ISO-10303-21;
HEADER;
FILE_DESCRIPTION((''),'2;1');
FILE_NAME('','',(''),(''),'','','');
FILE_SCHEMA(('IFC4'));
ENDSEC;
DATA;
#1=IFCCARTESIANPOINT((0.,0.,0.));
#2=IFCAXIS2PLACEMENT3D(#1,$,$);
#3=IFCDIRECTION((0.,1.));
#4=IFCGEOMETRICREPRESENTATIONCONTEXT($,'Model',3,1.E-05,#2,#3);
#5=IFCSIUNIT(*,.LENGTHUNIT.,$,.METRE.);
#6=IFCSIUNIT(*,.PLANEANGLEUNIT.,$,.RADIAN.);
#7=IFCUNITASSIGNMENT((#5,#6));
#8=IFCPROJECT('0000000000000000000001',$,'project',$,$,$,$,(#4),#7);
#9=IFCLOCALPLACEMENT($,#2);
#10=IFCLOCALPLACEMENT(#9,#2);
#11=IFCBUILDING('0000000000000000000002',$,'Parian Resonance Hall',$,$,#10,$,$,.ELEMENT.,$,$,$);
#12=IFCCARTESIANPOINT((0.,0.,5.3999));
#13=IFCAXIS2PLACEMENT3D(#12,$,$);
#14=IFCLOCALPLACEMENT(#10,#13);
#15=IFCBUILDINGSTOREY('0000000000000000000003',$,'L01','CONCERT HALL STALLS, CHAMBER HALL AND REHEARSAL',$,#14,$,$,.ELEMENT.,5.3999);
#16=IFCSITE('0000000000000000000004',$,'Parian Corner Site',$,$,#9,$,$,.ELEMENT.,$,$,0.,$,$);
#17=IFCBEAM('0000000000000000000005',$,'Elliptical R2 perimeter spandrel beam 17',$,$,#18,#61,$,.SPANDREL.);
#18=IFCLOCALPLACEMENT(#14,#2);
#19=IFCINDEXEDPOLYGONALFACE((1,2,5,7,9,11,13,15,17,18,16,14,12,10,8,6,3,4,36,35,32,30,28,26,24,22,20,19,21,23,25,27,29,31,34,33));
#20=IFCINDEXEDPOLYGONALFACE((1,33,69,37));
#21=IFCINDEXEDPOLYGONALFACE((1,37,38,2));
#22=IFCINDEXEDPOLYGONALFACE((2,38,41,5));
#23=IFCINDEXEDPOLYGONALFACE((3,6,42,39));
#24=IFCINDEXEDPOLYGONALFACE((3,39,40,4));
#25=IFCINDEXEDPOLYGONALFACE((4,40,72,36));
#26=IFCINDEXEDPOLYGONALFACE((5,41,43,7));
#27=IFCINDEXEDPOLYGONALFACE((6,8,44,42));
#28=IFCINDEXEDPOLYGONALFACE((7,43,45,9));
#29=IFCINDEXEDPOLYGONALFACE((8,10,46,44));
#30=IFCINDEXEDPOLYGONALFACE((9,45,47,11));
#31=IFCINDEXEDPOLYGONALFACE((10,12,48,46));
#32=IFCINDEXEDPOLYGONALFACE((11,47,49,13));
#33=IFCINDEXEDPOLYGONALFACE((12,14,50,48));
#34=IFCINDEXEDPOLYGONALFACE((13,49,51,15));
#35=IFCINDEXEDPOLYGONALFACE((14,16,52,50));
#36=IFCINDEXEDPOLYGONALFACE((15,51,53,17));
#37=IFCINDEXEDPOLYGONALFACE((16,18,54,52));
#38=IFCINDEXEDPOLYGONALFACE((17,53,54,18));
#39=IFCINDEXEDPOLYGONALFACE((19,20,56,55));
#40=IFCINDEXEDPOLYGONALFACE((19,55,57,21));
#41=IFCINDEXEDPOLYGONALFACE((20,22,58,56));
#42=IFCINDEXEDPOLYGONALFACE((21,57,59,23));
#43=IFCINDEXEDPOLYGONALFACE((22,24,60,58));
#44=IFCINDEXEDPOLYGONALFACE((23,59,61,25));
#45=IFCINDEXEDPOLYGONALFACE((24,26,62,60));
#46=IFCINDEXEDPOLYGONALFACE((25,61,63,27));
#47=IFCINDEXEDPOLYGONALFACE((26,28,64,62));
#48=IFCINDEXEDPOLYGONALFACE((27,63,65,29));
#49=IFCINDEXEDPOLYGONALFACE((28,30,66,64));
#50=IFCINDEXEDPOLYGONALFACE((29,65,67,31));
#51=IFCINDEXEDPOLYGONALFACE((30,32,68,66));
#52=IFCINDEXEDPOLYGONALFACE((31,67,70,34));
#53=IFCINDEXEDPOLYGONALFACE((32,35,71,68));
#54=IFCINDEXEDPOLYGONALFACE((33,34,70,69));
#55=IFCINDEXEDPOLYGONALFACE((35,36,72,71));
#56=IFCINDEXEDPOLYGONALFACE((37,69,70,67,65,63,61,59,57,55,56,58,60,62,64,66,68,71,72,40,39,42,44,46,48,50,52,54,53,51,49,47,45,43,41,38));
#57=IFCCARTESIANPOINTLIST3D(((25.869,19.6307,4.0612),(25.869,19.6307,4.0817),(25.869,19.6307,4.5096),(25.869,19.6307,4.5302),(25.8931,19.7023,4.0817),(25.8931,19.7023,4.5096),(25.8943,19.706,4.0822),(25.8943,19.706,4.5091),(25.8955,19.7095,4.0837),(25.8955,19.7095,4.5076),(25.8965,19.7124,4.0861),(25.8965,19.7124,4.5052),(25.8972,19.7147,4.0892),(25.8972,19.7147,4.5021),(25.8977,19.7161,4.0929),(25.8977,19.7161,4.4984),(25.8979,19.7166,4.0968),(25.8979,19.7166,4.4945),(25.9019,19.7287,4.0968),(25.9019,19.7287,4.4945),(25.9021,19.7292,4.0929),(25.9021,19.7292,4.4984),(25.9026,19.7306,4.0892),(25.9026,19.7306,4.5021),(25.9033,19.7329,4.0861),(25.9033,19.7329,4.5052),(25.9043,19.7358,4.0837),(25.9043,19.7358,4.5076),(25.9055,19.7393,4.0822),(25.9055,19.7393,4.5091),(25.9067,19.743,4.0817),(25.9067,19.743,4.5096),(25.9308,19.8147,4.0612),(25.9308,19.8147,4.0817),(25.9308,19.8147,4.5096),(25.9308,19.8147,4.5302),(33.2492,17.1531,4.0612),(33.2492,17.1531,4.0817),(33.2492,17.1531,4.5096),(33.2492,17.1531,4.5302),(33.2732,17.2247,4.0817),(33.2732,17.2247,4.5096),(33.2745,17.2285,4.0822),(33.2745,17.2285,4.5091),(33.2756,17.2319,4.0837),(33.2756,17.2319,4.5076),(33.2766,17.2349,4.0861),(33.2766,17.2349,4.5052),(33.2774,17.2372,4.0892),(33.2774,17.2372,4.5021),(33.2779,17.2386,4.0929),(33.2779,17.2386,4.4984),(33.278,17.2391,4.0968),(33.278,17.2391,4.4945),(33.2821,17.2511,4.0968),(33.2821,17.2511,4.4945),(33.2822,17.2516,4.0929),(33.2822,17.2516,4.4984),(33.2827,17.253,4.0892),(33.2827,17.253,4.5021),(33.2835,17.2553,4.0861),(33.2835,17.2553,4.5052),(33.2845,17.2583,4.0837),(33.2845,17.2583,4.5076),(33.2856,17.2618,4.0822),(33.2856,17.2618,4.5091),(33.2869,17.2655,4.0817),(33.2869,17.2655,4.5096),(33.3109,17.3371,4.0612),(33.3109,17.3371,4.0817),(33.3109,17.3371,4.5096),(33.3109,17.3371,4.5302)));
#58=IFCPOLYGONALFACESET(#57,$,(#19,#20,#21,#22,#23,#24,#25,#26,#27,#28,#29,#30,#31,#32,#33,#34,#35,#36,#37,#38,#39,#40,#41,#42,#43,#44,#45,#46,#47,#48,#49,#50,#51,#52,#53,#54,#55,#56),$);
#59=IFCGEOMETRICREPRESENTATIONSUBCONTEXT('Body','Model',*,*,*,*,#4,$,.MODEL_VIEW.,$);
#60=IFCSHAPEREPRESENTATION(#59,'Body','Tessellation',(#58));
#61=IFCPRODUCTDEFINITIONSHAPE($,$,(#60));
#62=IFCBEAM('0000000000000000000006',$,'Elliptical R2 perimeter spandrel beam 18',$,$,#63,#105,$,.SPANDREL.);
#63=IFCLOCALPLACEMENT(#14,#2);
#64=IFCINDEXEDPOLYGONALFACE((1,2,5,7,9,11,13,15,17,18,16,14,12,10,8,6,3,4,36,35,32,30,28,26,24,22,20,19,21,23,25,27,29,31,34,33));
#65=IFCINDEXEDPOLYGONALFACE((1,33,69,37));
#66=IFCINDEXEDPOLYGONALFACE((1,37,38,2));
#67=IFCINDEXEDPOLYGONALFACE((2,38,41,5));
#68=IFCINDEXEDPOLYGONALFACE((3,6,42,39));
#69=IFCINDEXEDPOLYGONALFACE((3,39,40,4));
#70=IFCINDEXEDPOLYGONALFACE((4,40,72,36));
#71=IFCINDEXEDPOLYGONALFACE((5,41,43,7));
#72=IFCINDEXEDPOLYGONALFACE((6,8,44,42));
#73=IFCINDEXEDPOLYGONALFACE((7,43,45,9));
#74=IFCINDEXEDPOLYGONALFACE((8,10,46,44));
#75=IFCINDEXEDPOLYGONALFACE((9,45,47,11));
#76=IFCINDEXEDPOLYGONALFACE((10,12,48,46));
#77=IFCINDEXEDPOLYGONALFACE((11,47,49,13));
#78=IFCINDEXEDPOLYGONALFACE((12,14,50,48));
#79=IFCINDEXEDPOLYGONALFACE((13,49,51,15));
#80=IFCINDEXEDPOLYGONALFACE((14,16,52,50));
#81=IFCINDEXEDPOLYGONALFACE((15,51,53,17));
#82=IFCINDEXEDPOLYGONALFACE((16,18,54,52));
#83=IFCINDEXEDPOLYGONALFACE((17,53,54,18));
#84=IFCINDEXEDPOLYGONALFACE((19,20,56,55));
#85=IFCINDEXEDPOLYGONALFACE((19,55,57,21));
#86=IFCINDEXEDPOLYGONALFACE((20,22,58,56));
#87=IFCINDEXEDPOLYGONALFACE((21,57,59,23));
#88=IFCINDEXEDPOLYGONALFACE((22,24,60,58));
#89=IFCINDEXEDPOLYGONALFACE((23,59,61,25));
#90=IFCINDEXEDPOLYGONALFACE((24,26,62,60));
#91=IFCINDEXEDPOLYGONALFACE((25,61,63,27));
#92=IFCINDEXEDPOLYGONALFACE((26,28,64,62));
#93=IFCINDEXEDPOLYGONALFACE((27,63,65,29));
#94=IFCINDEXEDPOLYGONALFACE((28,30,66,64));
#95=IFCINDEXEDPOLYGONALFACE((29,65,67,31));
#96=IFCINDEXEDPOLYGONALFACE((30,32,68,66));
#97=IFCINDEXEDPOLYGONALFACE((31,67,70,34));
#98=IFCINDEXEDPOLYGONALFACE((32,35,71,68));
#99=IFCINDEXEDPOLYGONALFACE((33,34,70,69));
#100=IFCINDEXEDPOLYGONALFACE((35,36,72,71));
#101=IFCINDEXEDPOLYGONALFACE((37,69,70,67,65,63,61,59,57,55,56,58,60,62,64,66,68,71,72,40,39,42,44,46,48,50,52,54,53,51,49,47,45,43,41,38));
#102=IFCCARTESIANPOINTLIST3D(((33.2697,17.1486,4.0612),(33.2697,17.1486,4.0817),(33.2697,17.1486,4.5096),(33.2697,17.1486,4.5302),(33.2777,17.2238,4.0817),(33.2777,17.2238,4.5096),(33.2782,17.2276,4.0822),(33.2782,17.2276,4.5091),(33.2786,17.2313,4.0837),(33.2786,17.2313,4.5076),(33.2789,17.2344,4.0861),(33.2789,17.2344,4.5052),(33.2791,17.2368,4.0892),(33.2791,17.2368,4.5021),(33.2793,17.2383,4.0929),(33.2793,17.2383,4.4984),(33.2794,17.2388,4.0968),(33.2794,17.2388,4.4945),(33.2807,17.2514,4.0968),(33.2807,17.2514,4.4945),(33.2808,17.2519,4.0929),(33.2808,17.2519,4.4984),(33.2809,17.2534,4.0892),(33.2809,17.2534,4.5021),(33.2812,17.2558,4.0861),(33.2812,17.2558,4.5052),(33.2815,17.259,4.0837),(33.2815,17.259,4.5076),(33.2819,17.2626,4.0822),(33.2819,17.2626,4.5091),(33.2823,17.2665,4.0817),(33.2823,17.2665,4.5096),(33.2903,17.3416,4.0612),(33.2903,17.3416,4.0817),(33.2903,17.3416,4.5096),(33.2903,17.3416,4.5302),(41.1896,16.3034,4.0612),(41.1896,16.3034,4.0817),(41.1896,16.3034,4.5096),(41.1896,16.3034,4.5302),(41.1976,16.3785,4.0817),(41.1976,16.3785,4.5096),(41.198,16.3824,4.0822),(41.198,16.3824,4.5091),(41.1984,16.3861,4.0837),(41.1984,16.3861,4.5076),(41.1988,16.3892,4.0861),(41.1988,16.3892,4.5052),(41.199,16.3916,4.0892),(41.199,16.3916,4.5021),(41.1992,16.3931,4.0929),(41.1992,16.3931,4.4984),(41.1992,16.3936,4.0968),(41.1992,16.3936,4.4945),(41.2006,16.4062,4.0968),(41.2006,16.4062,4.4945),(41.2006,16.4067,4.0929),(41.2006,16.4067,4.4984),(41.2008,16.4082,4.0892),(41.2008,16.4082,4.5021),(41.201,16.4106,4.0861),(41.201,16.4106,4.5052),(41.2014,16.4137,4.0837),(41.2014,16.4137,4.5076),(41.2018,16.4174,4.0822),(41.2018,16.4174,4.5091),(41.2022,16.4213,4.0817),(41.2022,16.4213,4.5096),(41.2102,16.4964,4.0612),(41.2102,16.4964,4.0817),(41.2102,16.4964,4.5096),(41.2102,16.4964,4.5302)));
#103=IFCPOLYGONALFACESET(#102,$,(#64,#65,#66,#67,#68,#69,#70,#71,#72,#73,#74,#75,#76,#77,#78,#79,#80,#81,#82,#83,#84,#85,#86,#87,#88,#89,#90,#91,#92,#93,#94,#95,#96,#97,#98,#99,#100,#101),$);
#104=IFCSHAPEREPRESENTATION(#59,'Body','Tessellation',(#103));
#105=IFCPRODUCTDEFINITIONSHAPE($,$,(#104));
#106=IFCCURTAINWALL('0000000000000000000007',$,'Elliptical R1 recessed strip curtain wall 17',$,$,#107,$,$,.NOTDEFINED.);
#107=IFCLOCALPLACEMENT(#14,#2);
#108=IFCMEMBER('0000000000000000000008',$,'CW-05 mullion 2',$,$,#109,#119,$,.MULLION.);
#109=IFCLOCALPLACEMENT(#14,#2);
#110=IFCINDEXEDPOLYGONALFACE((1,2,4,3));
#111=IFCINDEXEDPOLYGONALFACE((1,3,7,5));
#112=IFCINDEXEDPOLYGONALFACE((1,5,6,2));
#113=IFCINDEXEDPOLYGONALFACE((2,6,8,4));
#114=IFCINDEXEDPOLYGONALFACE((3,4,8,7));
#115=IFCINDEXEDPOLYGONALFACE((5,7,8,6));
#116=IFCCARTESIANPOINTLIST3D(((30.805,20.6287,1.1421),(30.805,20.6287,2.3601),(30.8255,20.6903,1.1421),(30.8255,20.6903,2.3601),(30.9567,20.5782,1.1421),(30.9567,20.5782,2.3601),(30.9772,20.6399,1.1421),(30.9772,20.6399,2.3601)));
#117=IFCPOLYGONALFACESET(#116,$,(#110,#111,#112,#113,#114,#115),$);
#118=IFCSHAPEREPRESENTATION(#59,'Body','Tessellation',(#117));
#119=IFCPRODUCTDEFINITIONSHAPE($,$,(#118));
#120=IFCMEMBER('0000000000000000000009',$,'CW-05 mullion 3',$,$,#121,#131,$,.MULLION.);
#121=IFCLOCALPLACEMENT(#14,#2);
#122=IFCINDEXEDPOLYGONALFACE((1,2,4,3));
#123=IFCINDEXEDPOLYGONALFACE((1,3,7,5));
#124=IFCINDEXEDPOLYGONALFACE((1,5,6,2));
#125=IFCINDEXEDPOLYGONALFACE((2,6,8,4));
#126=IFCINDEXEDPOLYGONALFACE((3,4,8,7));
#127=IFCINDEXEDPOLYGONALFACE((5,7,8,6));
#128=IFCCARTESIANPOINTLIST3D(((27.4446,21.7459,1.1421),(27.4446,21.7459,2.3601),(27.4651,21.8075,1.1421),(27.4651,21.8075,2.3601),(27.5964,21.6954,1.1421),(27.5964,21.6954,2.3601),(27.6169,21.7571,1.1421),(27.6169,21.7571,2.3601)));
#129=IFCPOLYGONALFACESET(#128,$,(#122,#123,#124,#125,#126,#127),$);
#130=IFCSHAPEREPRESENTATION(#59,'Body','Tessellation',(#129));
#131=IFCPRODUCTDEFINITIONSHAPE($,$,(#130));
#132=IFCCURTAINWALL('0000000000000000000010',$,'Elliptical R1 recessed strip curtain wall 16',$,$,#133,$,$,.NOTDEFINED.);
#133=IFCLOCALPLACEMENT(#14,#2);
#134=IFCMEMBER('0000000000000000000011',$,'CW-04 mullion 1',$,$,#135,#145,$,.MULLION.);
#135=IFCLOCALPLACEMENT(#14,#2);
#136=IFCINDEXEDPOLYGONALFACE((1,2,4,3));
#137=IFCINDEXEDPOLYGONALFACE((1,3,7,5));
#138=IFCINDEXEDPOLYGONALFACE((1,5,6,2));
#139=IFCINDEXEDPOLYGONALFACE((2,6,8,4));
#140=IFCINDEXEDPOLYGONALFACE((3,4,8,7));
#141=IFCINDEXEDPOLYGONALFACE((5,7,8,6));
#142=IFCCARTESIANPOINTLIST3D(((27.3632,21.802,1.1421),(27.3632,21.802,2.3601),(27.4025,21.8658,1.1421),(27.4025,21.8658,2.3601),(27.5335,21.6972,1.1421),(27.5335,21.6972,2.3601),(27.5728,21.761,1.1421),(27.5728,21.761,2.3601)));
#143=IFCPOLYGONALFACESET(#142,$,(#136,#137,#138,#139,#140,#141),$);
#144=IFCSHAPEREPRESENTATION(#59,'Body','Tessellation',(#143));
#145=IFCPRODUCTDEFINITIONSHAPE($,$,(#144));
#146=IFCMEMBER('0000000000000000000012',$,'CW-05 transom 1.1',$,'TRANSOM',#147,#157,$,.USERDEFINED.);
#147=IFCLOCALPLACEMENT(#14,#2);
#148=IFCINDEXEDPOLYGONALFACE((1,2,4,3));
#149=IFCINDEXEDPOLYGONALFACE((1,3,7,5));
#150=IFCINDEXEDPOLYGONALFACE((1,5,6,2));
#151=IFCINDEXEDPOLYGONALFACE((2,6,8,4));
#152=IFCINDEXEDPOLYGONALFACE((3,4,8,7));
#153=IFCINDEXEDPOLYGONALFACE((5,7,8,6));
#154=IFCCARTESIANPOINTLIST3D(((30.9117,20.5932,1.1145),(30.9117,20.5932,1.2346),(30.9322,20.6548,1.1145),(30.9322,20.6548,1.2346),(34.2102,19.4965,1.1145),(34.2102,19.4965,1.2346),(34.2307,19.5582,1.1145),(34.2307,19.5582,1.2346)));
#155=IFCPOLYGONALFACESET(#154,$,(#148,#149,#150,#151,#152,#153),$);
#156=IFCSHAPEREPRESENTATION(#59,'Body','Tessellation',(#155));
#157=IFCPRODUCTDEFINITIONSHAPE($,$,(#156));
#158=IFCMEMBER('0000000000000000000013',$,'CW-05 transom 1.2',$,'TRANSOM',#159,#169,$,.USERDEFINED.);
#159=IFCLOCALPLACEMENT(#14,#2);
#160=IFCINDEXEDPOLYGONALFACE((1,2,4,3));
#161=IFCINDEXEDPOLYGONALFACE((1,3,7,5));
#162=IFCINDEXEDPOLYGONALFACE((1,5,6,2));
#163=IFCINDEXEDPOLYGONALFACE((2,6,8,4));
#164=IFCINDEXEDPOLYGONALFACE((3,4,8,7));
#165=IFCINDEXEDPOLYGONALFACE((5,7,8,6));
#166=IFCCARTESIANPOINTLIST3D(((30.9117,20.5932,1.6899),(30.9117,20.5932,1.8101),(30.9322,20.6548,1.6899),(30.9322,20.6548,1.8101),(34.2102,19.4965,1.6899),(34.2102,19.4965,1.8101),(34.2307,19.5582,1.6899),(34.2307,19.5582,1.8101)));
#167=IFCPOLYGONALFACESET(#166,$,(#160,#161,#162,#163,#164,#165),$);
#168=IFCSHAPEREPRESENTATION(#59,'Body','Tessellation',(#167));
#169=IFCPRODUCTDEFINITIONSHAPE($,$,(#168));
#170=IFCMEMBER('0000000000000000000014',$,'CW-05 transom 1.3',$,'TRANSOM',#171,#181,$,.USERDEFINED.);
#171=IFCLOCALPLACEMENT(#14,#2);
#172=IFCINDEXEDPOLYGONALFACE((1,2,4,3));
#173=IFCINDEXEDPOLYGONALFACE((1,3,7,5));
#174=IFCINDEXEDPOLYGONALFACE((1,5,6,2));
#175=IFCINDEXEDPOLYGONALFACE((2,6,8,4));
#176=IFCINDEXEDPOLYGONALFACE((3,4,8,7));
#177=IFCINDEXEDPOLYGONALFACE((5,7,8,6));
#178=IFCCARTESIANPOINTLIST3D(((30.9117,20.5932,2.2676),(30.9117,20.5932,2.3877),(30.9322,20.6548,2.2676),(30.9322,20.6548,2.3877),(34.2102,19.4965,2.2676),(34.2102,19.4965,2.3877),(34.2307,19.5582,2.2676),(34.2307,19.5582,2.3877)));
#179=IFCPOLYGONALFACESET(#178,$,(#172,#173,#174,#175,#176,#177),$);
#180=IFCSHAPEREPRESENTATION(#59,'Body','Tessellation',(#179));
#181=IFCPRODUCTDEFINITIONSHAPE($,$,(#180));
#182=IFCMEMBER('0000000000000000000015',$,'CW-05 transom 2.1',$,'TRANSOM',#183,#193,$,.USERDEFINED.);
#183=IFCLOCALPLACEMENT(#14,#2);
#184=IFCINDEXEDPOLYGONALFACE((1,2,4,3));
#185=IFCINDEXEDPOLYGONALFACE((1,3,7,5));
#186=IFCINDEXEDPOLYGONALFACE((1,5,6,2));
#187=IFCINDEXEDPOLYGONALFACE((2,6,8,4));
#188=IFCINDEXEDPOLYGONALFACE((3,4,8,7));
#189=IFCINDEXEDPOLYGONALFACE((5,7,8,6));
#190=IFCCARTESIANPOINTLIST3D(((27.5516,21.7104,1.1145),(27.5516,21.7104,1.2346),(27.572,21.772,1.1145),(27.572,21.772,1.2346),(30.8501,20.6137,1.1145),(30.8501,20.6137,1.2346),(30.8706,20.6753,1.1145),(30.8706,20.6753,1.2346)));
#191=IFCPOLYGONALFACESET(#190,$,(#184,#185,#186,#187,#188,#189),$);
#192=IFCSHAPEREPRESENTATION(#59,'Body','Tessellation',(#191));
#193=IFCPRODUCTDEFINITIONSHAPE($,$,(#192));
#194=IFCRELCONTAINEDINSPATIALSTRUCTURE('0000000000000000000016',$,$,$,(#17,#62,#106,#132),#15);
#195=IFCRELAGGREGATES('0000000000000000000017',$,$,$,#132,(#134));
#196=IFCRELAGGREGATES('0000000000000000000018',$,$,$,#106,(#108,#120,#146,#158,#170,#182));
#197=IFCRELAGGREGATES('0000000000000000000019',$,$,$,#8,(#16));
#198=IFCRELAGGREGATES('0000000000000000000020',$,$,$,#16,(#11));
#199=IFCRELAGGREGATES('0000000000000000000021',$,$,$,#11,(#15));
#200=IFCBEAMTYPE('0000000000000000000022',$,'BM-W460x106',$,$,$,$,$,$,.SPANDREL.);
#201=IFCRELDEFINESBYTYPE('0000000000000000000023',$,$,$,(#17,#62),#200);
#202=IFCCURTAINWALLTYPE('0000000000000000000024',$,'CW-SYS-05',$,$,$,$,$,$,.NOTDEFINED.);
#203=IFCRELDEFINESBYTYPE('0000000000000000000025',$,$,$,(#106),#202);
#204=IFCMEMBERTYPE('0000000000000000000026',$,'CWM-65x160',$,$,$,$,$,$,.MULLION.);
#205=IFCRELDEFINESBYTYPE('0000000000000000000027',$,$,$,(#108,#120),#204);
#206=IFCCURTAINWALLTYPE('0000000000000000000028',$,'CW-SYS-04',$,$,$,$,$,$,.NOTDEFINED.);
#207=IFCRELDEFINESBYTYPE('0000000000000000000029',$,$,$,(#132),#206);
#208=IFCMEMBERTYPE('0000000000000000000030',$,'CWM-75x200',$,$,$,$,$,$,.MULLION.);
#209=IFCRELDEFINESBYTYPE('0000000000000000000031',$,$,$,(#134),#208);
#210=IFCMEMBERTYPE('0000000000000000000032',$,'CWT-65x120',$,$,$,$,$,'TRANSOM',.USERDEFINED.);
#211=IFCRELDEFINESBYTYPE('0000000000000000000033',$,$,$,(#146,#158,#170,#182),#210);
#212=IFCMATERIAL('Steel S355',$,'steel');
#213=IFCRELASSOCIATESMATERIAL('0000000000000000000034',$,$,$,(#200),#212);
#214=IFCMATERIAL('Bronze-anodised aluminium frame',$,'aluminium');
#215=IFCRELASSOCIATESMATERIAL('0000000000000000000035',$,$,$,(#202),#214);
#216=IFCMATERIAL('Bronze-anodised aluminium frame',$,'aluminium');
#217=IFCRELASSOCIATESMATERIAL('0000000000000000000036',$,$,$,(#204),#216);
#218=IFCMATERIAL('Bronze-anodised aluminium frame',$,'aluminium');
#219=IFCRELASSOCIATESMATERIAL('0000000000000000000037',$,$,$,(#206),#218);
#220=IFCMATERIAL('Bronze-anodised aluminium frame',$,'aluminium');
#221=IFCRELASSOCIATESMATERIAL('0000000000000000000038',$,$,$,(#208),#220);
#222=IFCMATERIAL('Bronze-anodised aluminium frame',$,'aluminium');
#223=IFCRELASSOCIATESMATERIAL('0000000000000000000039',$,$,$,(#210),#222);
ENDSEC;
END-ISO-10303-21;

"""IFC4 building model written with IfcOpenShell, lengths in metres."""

from ifc_helpers import new_model, si_unit, direction, frame, origin, origin_2d, place, context, subcontext, project, spatial, rectangle, i_section, extrude, material, material_profile, profile_set, type_object, element, aggregate, save


model = new_model("IFC4")

# Units and contexts
model_context = context("Model", 3, precision=1e-05, world=origin(), true_north=direction((0.0, 1.0)))
body_context = subcontext(model_context, "Body", "Model", "MODEL_VIEW")
ifc_project = project(units=[si_unit("LENGTHUNIT", "METRE"), si_unit("PLANEANGLEUNIT", "RADIAN")], contexts=[model_context])

# Site, building, storey
site_placement = place(None, origin())
site = spatial("IfcSite", under=ifc_project, at=site_placement, Name="Parian Corner Site", CompositionType="ELEMENT", RefElevation=0.0)
building_placement = place(site_placement, origin())
building = spatial("IfcBuilding", under=site, at=building_placement, Name="Parian Resonance Hall", CompositionType="ELEMENT")
storey_placement = place(building_placement, frame((0.0, 0.0, 5.3999)))
storey = spatial("IfcBuildingStorey", under=building, at=storey_placement, Name="L01", Description="CONCERT HALL STALLS, CHAMBER HALL AND REHEARSAL", CompositionType="ELEMENT", Elevation=5.3999)

# Beams
ifc_material_1 = material(Name="Steel S355", Category="steel")
ifc_material_profile_1 = material_profile(ifc_material_1, i_section(OverallWidth=0.1941, OverallDepth=0.469, WebThickness=0.0127, FlangeThickness=0.0205, FilletRadius=0.0151, at=origin_2d()), Name="W460x106")
ifc_profile_set_1 = profile_set([ifc_material_profile_1], Name="Steel S355")
beam_type = type_object("IfcBeamType", Name="BM-W460x106", PredefinedType="SPANDREL", material=ifc_profile_set_1)
beam_1_placement = place(storey_placement, frame((25.8999, 19.7227, 4.2957), z_axis=(0.948007, -0.31825, 0.0), x_axis=(0.31825, 0.948007, 0.0)))
element("IfcBeam", 1, at=beam_1_placement, inside=storey, type_object=beam_type, Name="Elliptical R2 perimeter spandrel beam 17", PredefinedType="SPANDREL", context=body_context, shape_type="SweptSolid", body=[
    extrude(i_section(OverallWidth=0.1941, OverallDepth=0.469, WebThickness=0.0127, FlangeThickness=0.0205, FilletRadius=0.0151, at=origin_2d()), origin(), (0.0, 0.0, 1.0), 7.7849),
])
beam_2_placement = place(storey_placement, frame((33.28, 17.2451, 4.2957), z_axis=(0.994354, -0.106118, 0.0), x_axis=(0.106118, 0.994354, 0.0)))
element("IfcBeam", 2, at=beam_2_placement, inside=storey, type_object=beam_type, Name="Elliptical R2 perimeter spandrel beam 18", PredefinedType="SPANDREL", context=body_context, shape_type="SweptSolid", body=[
    extrude(i_section(OverallWidth=0.1941, OverallDepth=0.469, WebThickness=0.0127, FlangeThickness=0.0205, FilletRadius=0.0151, at=origin_2d()), origin(), (0.0, 0.0, 1.0), 7.9648),
])

# Curtain wall, members
ifc_material_2 = material(Name="Bronze-anodised aluminium frame", Category="aluminium")
curtain_wall_type_1 = type_object("IfcCurtainWallType", Name="CW-SYS-05", PredefinedType="NOTDEFINED", material=ifc_material_2)
curtain_wall_1_placement = place(storey_placement, origin())
curtain_wall_1 = element("IfcCurtainWall", 3, at=curtain_wall_1_placement, inside=storey, type_object=curtain_wall_type_1, Name="Elliptical R1 recessed strip curtain wall 17", PredefinedType="NOTDEFINED")
ifc_material_3 = material(Name="Bronze-anodised aluminium frame", Category="aluminium")
ifc_material_profile_2 = material_profile(ifc_material_3, rectangle(XDim=0.0649, YDim=0.1599, at=origin_2d()), Name="CWM-65x160")
ifc_profile_set_2 = profile_set([ifc_material_profile_2], Name="Bronze-anodised aluminium frame")
member_type_1 = type_object("IfcMemberType", Name="CWM-65x160", PredefinedType="MULLION", material=ifc_profile_set_2)
member_1_placement = place(storey_placement, frame((30.8911, 20.6343, 1.1421), z_axis=(0.0, 0.0, 1.0), x_axis=(-0.315506, -0.948924, 0.0)))
member_1 = element("IfcMember", 4, at=member_1_placement, type_object=member_type_1, Name="CW-05 mullion 2", PredefinedType="MULLION", context=body_context, shape_type="SweptSolid", body=[
    extrude(rectangle(XDim=0.0649, YDim=0.1599, at=origin_2d()), origin(), (0.0, 0.0, 1.0), 1.218),
])
member_2_placement = place(storey_placement, frame((27.5308, 21.7515, 1.1421), z_axis=(0.0, 0.0, 1.0), x_axis=(-0.315506, -0.948924, 0.0)))
member_2 = element("IfcMember", 5, at=member_2_placement, type_object=member_type_1, Name="CW-05 mullion 3", PredefinedType="MULLION", context=body_context, shape_type="SweptSolid", body=[
    extrude(rectangle(XDim=0.0649, YDim=0.1599, at=origin_2d()), origin(), (0.0, 0.0, 1.0), 1.218),
])

# Curtain wall, member
ifc_material_4 = material(Name="Bronze-anodised aluminium frame", Category="aluminium")
curtain_wall_type_2 = type_object("IfcCurtainWallType", Name="CW-SYS-04", PredefinedType="NOTDEFINED", material=ifc_material_4)
curtain_wall_2_placement = place(storey_placement, origin())
curtain_wall_2 = element("IfcCurtainWall", 6, at=curtain_wall_2_placement, inside=storey, type_object=curtain_wall_type_2, Name="Elliptical R1 recessed strip curtain wall 16", PredefinedType="NOTDEFINED")
ifc_material_5 = material(Name="Bronze-anodised aluminium frame", Category="aluminium")
ifc_material_profile_3 = material_profile(ifc_material_5, rectangle(XDim=0.075, YDim=0.2, at=origin_2d()), Name="CWM-75x200")
ifc_profile_set_3 = profile_set([ifc_material_profile_3], Name="Bronze-anodised aluminium frame")
member_type_2 = type_object("IfcMemberType", Name="CWM-75x200", PredefinedType="MULLION", material=ifc_profile_set_3)
member_3_placement = place(storey_placement, frame((27.468, 21.7815, 1.1421), z_axis=(0.0, 0.0, 1.0), x_axis=(-0.524451, -0.851441, 0.0)))
member_3 = element("IfcMember", 7, at=member_3_placement, type_object=member_type_2, Name="CW-04 mullion 1", PredefinedType="MULLION", context=body_context, shape_type="SweptSolid", body=[
    extrude(rectangle(XDim=0.075, YDim=0.2, at=origin_2d()), origin(), (0.0, 0.0, 1.0), 1.218),
])

# Members
ifc_material_6 = material(Name="Bronze-anodised aluminium frame", Category="aluminium")
ifc_material_profile_4 = material_profile(ifc_material_6, rectangle(XDim=0.0649, YDim=0.1201, at=origin_2d()), Name="CWT-65x120")
ifc_profile_set_4 = profile_set([ifc_material_profile_4], Name="Bronze-anodised aluminium frame")
member_type_3 = type_object("IfcMemberType", Name="CWT-65x120", ElementType="TRANSOM", PredefinedType="USERDEFINED", material=ifc_profile_set_4)
member_4_placement = place(storey_placement, frame((34.2205, 19.5273, 1.1746), z_axis=(-0.948929, 0.31549, 0.0), x_axis=(-0.31549, -0.948929, 0.0)))
member_4 = element("IfcMember", 8, at=member_4_placement, type_object=member_type_3, Name="CW-05 transom 1.1", ObjectType="TRANSOM", PredefinedType="USERDEFINED", context=body_context, shape_type="SweptSolid", body=[
    extrude(rectangle(XDim=0.0649, YDim=0.1201, at=origin_2d()), origin(), (0.0, 0.0, 1.0), 3.4761),
])
member_5_placement = place(storey_placement, frame((34.2205, 19.5273, 1.75), z_axis=(-0.948929, 0.31549, 0.0), x_axis=(-0.31549, -0.948929, 0.0)))
member_5 = element("IfcMember", 9, at=member_5_placement, type_object=member_type_3, Name="CW-05 transom 1.2", ObjectType="TRANSOM", PredefinedType="USERDEFINED", context=body_context, shape_type="SweptSolid", body=[
    extrude(rectangle(XDim=0.0649, YDim=0.1201, at=origin_2d()), origin(), (0.0, 0.0, 1.0), 3.4761),
])
member_6_placement = place(storey_placement, frame((34.2205, 19.5273, 2.3276), z_axis=(-0.948929, 0.31549, 0.0), x_axis=(-0.31549, -0.948929, 0.0)))
member_6 = element("IfcMember", 10, at=member_6_placement, type_object=member_type_3, Name="CW-05 transom 1.3", ObjectType="TRANSOM", PredefinedType="USERDEFINED", context=body_context, shape_type="SweptSolid", body=[
    extrude(rectangle(XDim=0.0649, YDim=0.1201, at=origin_2d()), origin(), (0.0, 0.0, 1.0), 3.4761),
])
member_7_placement = place(storey_placement, frame((30.8604, 20.6445, 1.1746), z_axis=(-0.948929, 0.31549, 0.0), x_axis=(-0.31549, -0.948929, 0.0)))
member_7 = element("IfcMember", 11, at=member_7_placement, type_object=member_type_3, Name="CW-05 transom 2.1", ObjectType="TRANSOM", PredefinedType="USERDEFINED", context=body_context, shape_type="SweptSolid", body=[
    extrude(rectangle(XDim=0.0649, YDim=0.1201, at=origin_2d()), origin(), (0.0, 0.0, 1.0), 3.4761),
])

aggregate(curtain_wall_2, [member_3])
aggregate(curtain_wall_1, [member_1, member_2, member_4, member_5, member_6, member_7])

save(model, "model.ifc")
